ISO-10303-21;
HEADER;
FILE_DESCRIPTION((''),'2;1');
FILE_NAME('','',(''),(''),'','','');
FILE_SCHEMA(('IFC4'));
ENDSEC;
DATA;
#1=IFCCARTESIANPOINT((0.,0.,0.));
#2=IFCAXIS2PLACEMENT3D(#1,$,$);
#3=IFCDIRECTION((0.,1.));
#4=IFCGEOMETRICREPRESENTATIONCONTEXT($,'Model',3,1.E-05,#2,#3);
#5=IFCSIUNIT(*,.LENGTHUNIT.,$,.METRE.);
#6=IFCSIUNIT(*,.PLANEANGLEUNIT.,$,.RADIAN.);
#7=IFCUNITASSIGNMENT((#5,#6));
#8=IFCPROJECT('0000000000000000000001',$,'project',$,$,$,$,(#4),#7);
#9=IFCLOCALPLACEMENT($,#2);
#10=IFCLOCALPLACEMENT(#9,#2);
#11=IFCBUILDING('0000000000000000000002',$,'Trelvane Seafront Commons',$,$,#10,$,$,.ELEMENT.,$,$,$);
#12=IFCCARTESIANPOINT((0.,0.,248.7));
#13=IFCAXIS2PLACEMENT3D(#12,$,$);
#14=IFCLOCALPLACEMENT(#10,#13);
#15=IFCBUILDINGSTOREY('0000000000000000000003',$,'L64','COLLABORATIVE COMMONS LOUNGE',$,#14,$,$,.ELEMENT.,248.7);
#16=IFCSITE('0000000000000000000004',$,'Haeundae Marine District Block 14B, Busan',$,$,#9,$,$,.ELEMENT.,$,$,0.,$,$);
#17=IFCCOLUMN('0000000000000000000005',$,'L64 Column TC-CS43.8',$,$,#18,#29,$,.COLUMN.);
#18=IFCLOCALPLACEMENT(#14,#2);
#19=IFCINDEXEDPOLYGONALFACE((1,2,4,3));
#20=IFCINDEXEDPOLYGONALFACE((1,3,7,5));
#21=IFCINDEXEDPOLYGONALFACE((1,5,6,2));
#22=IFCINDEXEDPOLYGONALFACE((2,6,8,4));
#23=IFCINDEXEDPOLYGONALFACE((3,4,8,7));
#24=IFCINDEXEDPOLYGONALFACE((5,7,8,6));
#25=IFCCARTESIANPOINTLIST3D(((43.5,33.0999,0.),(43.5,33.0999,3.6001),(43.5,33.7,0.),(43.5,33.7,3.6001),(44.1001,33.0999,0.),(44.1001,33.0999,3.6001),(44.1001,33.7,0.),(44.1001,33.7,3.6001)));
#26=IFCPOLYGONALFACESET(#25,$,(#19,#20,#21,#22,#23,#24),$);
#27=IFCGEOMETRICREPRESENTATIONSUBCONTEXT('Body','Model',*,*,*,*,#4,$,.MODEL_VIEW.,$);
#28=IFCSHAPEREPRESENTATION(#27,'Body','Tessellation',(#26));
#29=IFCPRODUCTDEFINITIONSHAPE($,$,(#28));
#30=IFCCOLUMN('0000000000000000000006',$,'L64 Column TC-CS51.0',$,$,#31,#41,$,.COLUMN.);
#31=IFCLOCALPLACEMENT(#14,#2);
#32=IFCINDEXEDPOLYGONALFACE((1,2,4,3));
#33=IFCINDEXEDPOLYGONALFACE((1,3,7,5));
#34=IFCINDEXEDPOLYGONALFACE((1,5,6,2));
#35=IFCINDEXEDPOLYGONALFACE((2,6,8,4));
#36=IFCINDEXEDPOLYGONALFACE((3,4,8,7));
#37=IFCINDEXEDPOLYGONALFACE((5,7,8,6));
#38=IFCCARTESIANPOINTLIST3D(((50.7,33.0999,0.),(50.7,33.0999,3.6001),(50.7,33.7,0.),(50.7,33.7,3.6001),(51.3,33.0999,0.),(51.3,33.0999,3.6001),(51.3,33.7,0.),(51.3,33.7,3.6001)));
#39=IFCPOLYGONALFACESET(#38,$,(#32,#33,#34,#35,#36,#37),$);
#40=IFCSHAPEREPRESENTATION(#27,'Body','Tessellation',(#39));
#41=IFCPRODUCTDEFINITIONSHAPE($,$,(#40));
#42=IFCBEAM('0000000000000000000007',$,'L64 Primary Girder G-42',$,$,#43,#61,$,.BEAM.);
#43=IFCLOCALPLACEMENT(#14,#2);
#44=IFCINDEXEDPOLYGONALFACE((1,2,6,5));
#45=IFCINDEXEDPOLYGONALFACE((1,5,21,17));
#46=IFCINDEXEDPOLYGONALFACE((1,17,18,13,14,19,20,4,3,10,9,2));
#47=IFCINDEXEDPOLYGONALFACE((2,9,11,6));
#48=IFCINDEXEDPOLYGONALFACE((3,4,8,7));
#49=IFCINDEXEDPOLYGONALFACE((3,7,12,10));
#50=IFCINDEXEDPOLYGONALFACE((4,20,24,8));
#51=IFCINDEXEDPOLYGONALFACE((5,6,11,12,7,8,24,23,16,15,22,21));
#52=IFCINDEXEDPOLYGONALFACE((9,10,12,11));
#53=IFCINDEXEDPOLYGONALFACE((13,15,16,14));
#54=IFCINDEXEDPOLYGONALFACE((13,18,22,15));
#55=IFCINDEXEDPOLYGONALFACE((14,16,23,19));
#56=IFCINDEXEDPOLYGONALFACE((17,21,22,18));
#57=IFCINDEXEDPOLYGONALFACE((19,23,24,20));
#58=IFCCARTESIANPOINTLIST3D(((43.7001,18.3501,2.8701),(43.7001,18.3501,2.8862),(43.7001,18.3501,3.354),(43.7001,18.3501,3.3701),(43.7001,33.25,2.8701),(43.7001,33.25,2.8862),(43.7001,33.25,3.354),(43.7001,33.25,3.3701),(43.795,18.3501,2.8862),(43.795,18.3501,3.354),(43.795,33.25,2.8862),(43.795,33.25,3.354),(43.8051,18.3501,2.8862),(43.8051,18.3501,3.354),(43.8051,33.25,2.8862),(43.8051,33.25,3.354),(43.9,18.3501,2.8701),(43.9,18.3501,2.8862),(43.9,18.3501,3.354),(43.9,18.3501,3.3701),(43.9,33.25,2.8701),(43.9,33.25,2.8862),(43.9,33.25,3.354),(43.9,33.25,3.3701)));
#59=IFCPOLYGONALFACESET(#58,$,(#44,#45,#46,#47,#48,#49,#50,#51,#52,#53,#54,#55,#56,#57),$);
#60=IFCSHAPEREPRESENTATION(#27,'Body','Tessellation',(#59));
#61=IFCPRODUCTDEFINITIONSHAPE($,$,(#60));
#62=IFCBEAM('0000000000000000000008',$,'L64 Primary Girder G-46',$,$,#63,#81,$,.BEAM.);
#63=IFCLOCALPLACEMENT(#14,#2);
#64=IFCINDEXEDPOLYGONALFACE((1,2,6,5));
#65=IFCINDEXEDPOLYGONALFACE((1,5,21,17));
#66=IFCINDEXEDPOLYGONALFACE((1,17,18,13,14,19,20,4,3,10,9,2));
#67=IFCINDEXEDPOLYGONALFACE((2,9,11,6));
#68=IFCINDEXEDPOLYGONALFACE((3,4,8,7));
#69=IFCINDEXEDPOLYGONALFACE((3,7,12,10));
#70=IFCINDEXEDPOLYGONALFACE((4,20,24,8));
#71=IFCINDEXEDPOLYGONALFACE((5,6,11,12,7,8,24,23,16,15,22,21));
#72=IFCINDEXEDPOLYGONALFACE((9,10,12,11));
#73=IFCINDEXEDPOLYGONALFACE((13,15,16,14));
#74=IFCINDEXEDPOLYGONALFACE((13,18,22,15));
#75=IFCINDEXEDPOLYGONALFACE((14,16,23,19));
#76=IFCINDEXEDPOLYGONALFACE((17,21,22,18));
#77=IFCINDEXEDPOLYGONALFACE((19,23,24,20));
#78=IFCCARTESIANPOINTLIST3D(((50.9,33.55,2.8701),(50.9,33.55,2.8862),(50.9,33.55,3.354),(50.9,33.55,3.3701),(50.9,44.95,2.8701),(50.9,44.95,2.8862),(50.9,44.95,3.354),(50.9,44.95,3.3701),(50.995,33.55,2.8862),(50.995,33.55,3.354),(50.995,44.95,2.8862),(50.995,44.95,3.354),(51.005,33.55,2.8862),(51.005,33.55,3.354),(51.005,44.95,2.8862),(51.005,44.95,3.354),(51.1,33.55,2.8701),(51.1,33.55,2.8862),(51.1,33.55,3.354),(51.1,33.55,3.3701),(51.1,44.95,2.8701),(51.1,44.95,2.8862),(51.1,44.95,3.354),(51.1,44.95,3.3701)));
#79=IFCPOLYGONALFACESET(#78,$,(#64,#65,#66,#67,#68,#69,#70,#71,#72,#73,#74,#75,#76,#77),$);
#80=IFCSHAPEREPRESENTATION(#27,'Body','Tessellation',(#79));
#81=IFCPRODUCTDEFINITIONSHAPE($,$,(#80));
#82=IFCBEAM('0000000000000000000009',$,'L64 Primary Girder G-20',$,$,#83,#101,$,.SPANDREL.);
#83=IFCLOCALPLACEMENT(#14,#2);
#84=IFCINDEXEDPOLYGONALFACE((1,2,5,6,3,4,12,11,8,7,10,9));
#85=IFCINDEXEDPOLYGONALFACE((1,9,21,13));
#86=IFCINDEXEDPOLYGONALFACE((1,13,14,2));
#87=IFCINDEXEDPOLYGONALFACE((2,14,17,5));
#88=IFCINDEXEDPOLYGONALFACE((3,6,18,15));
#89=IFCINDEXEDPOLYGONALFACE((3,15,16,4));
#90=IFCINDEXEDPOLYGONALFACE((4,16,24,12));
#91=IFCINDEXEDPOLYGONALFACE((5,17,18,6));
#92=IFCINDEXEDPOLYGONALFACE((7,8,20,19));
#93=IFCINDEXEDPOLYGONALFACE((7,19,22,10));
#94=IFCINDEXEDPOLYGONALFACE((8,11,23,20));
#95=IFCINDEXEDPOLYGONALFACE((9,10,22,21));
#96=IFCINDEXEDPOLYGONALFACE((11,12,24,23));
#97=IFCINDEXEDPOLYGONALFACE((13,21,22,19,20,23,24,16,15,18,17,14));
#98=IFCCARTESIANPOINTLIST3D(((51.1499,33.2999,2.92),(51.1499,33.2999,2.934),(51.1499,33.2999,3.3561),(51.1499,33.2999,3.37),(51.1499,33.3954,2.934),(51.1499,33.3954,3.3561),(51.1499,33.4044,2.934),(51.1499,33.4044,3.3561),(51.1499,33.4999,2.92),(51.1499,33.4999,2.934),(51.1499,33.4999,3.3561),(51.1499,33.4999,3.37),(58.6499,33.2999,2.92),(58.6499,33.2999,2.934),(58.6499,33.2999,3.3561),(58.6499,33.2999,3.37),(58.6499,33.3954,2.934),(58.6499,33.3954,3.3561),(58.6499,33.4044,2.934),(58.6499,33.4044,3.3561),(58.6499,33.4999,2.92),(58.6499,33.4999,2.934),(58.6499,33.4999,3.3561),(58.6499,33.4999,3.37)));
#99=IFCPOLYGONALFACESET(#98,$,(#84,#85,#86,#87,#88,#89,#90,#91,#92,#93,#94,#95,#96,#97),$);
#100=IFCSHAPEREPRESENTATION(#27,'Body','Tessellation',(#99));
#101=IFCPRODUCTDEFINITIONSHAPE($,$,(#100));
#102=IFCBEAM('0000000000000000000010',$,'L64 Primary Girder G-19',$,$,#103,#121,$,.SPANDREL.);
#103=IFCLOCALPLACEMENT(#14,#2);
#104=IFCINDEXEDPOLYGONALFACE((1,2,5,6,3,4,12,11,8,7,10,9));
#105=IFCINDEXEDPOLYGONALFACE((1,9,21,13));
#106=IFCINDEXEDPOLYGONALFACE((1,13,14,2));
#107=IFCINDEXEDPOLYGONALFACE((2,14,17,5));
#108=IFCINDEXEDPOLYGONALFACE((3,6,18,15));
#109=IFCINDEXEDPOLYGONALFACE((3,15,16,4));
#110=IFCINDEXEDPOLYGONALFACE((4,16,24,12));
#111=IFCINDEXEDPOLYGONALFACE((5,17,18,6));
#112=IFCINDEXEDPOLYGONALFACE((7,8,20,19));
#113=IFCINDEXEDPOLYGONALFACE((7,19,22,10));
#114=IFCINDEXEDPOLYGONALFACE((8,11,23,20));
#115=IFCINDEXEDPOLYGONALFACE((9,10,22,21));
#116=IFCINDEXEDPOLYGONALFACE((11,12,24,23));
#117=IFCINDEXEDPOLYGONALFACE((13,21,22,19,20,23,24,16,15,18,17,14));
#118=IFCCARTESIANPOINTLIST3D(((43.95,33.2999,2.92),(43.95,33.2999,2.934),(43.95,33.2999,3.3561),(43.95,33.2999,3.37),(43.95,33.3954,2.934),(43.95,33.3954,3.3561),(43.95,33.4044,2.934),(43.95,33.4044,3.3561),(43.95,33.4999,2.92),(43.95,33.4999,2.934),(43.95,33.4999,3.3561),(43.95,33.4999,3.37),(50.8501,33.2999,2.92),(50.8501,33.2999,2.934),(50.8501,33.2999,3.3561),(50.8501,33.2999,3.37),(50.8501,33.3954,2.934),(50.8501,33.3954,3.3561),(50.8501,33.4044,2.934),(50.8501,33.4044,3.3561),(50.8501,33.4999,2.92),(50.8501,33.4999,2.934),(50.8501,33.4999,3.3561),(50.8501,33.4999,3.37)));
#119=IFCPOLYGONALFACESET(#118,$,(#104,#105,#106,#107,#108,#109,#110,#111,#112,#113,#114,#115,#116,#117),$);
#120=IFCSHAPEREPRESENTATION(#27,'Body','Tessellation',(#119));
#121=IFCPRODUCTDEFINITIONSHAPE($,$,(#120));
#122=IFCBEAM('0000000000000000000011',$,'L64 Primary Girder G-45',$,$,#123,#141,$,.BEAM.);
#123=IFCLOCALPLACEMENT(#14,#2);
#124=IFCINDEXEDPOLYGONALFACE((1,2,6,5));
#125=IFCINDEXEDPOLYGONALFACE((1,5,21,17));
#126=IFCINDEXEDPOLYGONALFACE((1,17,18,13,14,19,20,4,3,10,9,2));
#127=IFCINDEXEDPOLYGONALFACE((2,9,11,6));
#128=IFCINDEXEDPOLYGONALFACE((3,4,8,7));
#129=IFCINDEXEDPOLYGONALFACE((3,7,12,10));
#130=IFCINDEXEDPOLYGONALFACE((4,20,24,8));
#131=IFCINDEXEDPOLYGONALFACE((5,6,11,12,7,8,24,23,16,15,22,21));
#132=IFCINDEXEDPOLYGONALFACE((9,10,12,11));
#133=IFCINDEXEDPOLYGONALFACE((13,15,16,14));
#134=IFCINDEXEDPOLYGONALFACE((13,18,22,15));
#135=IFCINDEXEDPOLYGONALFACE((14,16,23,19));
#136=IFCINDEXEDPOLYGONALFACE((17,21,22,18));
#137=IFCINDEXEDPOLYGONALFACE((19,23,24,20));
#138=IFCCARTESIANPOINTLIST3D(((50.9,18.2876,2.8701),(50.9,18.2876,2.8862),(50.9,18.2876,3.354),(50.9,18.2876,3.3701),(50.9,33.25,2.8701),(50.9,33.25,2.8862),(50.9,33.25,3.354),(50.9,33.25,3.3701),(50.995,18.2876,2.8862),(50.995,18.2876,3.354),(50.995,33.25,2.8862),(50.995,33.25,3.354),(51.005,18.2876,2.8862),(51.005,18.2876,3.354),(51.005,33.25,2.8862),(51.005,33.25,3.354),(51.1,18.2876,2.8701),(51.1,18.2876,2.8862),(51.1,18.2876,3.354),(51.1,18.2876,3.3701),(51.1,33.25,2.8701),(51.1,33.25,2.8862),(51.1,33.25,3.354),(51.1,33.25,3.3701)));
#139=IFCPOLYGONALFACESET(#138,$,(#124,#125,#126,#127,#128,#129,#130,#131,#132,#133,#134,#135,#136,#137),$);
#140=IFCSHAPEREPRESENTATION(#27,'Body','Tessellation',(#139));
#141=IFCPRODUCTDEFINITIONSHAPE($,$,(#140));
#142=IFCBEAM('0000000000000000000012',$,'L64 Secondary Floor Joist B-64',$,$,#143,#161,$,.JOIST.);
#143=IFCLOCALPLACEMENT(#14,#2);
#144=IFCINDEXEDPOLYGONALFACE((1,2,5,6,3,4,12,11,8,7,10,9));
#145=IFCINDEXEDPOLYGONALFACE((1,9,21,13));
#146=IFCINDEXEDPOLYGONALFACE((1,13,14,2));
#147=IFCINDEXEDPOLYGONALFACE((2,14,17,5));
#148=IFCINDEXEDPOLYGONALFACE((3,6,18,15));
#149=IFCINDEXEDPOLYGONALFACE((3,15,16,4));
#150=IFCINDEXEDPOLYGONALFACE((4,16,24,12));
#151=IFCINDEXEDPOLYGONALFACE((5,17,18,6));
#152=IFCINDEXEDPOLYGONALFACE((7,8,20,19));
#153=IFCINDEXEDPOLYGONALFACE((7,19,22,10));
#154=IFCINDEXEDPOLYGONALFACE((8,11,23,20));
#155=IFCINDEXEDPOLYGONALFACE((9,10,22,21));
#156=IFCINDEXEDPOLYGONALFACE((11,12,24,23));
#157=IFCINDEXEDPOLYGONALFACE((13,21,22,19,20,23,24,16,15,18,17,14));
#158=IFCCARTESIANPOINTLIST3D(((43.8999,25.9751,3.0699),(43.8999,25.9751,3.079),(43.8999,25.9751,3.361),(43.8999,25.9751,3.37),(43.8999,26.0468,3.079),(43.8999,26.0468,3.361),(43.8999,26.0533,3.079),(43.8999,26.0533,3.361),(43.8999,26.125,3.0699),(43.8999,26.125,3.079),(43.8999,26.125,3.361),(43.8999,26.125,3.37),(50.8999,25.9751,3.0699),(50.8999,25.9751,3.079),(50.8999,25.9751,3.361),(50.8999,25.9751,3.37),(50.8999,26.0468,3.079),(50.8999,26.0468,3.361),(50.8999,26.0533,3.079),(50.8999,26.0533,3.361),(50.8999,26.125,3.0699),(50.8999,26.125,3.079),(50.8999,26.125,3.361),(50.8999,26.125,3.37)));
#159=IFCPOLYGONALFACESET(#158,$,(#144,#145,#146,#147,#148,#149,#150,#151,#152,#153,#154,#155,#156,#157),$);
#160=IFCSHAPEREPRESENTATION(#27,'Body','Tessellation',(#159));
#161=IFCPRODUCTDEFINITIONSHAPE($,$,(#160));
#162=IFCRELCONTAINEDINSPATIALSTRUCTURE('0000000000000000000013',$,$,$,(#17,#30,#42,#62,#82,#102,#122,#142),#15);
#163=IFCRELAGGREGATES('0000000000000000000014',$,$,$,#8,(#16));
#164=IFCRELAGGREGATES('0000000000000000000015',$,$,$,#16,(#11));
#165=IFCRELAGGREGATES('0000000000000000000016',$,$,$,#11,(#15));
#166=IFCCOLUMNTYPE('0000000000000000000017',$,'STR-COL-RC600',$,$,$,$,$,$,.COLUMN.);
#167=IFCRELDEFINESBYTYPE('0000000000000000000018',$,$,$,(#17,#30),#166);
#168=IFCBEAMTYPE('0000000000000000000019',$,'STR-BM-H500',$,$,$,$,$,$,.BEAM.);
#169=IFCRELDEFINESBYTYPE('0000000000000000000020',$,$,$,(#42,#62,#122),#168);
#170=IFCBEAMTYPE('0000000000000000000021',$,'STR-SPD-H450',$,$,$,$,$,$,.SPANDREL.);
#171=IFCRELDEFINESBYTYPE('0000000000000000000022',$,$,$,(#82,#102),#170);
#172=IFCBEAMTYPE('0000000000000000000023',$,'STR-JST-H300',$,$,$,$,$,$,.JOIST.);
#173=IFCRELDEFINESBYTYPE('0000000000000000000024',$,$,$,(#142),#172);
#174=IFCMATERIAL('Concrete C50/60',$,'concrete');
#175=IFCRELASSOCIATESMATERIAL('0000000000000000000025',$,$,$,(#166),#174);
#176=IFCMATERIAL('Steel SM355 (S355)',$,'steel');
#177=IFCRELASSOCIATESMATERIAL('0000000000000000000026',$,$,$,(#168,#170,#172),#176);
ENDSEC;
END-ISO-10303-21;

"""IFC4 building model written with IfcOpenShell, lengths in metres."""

from ifc_helpers import new_model, si_unit, direction, frame, origin, origin_2d, place, context, subcontext, project, spatial, rectangle, i_section, extrude, source, transform, mapped, material, material_profile, profile_set, type_object, element, save


model = new_model("IFC4")

# Units and contexts
model_context = context("Model", 3, precision=1e-05, world=origin(), true_north=direction((0.0, 1.0)))
body_context = subcontext(model_context, "Body", "Model", "MODEL_VIEW")
ifc_project = project(units=[si_unit("LENGTHUNIT", "METRE"), si_unit("PLANEANGLEUNIT", "RADIAN")], contexts=[model_context])

# Site, building, storey
site_placement = place(None, origin())
site = spatial("IfcSite", under=ifc_project, at=site_placement, Name="Haeundae Marine District Block 14B, Busan", CompositionType="ELEMENT", RefElevation=0.0)
building_placement = place(site_placement, origin())
building = spatial("IfcBuilding", under=site, at=building_placement, Name="Trelvane Seafront Commons", CompositionType="ELEMENT")
storey_placement = place(building_placement, frame((0.0, 0.0, 248.7)))
storey = spatial("IfcBuildingStorey", under=building, at=storey_placement, Name="L64", Description="COLLABORATIVE COMMONS LOUNGE", CompositionType="ELEMENT", Elevation=248.7)

# Columns
ifc_material_1 = material(Name="Concrete C50/60", Category="concrete")
ifc_material_profile_1 = material_profile(ifc_material_1, rectangle(XDim=0.6001, YDim=0.6001, at=origin_2d()), Name="RC-600x600")
ifc_profile_set_1 = profile_set([ifc_material_profile_1], Name="Concrete C50/60")
column_type = type_object("IfcColumnType", Name="STR-COL-RC600", PredefinedType="COLUMN", material=ifc_profile_set_1)
shared_shape_1 = source(origin(), body_context, "Body", "SweptSolid", [
    extrude(rectangle(XDim=0.6001, YDim=0.6001, at=origin_2d()), origin(), (0.0, 0.0, 1.0), 3.6001),
])
for number, where, z_axis, x_axis, name in (
    (1, (43.8, 33.3999, 0.0), (0.0, 0.0, 1.0), (1.0, 0.0, 0.0), "L64 Column TC-CS43.8"),
    (2, (51.0, 33.3999, 0.0), (0.0, 0.0, 1.0), (1.0, 0.0, 0.0), "L64 Column TC-CS51.0"),
):
    element("IfcColumn", number, at=place(storey_placement, frame(where, z_axis=z_axis, x_axis=x_axis)), inside=storey, type_object=column_type, Name=name, PredefinedType="COLUMN", context=body_context, shape_type="MappedRepresentation", body=[
        mapped(shared_shape_1, transform((0.0, 0.0, 0.0), x_axis=(1.0, 0.0, 0.0), y_axis=(0.0, 1.0, 0.0), z_axis=(0.0, 0.0, 1.0), scale=1.0)),
    ])

# Beams
ifc_material_2 = material(Name="Steel SM355 (S355)", Category="steel")
ifc_material_profile_2 = material_profile(ifc_material_2, i_section(OverallWidth=0.2, OverallDepth=0.5, WebThickness=0.01, FlangeThickness=0.0161, at=origin_2d()), Name="H-500x200x10x16")
ifc_profile_set_2 = profile_set([ifc_material_profile_2], Name="Steel SM355 (S355)")
beam_type_1 = type_object("IfcBeamType", Name="STR-BM-H500", PredefinedType="BEAM", material=ifc_profile_set_2)
shared_shape_2 = source(origin(), body_context, "Body", "SweptSolid", [
    extrude(i_section(OverallWidth=0.2, OverallDepth=0.5, WebThickness=0.01, FlangeThickness=0.0161, at=origin_2d()), origin(), (0.0, 0.0, 1.0), 14.8999),
])
beam_1_placement = place(storey_placement, frame((43.8, 18.3501, 3.1201), z_axis=(0.0, 1.0, 0.0), x_axis=(-1.0, 0.0, 0.0)))
element("IfcBeam", 3, at=beam_1_placement, inside=storey, type_object=beam_type_1, Name="L64 Primary Girder G-42", PredefinedType="BEAM", context=body_context, shape_type="MappedRepresentation", body=[
    mapped(shared_shape_2, transform((0.0, 0.0, 0.0), x_axis=(1.0, 0.0, 0.0), y_axis=(0.0, 1.0, 0.0), z_axis=(0.0, 0.0, 1.0), scale=1.0)),
])
shared_shape_3 = source(origin(), body_context, "Body", "SweptSolid", [
    extrude(i_section(OverallWidth=0.2, OverallDepth=0.5, WebThickness=0.01, FlangeThickness=0.0161, at=origin_2d()), origin(), (0.0, 0.0, 1.0), 11.3999),
])
beam_2_placement = place(storey_placement, frame((51.0, 33.55, 3.1201), z_axis=(0.0, 1.0, 0.0), x_axis=(-1.0, 0.0, 0.0)))
element("IfcBeam", 4, at=beam_2_placement, inside=storey, type_object=beam_type_1, Name="L64 Primary Girder G-46", PredefinedType="BEAM", context=body_context, shape_type="MappedRepresentation", body=[
    mapped(shared_shape_3, transform((0.0, 0.0, 0.0), x_axis=(1.0, 0.0, 0.0), y_axis=(0.0, 1.0, 0.0), z_axis=(0.0, 0.0, 1.0), scale=1.0)),
])
ifc_material_profile_3 = material_profile(ifc_material_2, i_section(OverallWidth=0.2, OverallDepth=0.45, WebThickness=0.009, FlangeThickness=0.0139, at=origin_2d()), Name="H-450x200x9x14")
ifc_profile_set_3 = profile_set([ifc_material_profile_3], Name="Steel SM355 (S355)")
beam_type_2 = type_object("IfcBeamType", Name="STR-SPD-H450", PredefinedType="SPANDREL", material=ifc_profile_set_3)
shared_shape_4 = source(origin(), body_context, "Body", "SweptSolid", [
    extrude(i_section(OverallWidth=0.2, OverallDepth=0.45, WebThickness=0.009, FlangeThickness=0.0139, at=origin_2d()), origin(), (0.0, 0.0, 1.0), 7.5),
])
beam_3_placement = place(storey_placement, frame((51.1499, 33.3999, 3.145), z_axis=(1.0, 0.0, 0.0), x_axis=(0.0, 1.0, 0.0)))
element("IfcBeam", 5, at=beam_3_placement, inside=storey, type_object=beam_type_2, Name="L64 Primary Girder G-20", PredefinedType="SPANDREL", context=body_context, shape_type="MappedRepresentation", body=[
    mapped(shared_shape_4, transform((0.0, 0.0, 0.0), x_axis=(1.0, 0.0, 0.0), y_axis=(0.0, 1.0, 0.0), z_axis=(0.0, 0.0, 1.0), scale=1.0)),
])
shared_shape_5 = source(origin(), body_context, "Body", "SweptSolid", [
    extrude(i_section(OverallWidth=0.2, OverallDepth=0.45, WebThickness=0.009, FlangeThickness=0.0139, at=origin_2d()), origin(), (0.0, 0.0, 1.0), 6.9001),
])
beam_4_placement = place(storey_placement, frame((43.95, 33.3999, 3.145), z_axis=(1.0, 0.0, 0.0), x_axis=(0.0, 1.0, 0.0)))
element("IfcBeam", 6, at=beam_4_placement, inside=storey, type_object=beam_type_2, Name="L64 Primary Girder G-19", PredefinedType="SPANDREL", context=body_context, shape_type="MappedRepresentation", body=[
    mapped(shared_shape_5, transform((0.0, 0.0, 0.0), x_axis=(1.0, 0.0, 0.0), y_axis=(0.0, 1.0, 0.0), z_axis=(0.0, 0.0, 1.0), scale=1.0)),
])
shared_shape_6 = source(origin(), body_context, "Body", "SweptSolid", [
    extrude(i_section(OverallWidth=0.2, OverallDepth=0.5, WebThickness=0.01, FlangeThickness=0.0161, at=origin_2d()), origin(), (0.0, 0.0, 1.0), 14.9624),
])
beam_5_placement = place(storey_placement, frame((51.0, 18.2876, 3.1201), z_axis=(0.0, 1.0, 0.0), x_axis=(-1.0, 0.0, 0.0)))
element("IfcBeam", 7, at=beam_5_placement, inside=storey, type_object=beam_type_1, Name="L64 Primary Girder G-45", PredefinedType="BEAM", context=body_context, shape_type="MappedRepresentation", body=[
    mapped(shared_shape_6, transform((0.0, 0.0, 0.0), x_axis=(1.0, 0.0, 0.0), y_axis=(0.0, 1.0, 0.0), z_axis=(0.0, 0.0, 1.0), scale=1.0)),
])
ifc_material_profile_4 = material_profile(ifc_material_2, i_section(OverallWidth=0.1499, OverallDepth=0.3, WebThickness=0.0066, FlangeThickness=0.009, at=origin_2d()), Name="H-300x150x6.5x9")
ifc_profile_set_4 = profile_set([ifc_material_profile_4], Name="Steel SM355 (S355)")
beam_type_3 = type_object("IfcBeamType", Name="STR-JST-H300", PredefinedType="JOIST", material=ifc_profile_set_4)
shared_shape_7 = source(origin(), body_context, "Body", "SweptSolid", [
    extrude(i_section(OverallWidth=0.1499, OverallDepth=0.3, WebThickness=0.0066, FlangeThickness=0.009, at=origin_2d()), origin(), (0.0, 0.0, 1.0), 7.0),
])
beam_6_placement = place(storey_placement, frame((43.8999, 26.05, 3.22), z_axis=(1.0, 0.0, 0.0), x_axis=(0.0, 1.0, 0.0)))
element("IfcBeam", 8, at=beam_6_placement, inside=storey, type_object=beam_type_3, Name="L64 Secondary Floor Joist B-64", PredefinedType="JOIST", context=body_context, shape_type="MappedRepresentation", body=[
    mapped(shared_shape_7, transform((0.0, 0.0, 0.0), x_axis=(1.0, 0.0, 0.0), y_axis=(0.0, 1.0, 0.0), z_axis=(0.0, 0.0, 1.0), scale=1.0)),
])

save(model, "model.ifc")
